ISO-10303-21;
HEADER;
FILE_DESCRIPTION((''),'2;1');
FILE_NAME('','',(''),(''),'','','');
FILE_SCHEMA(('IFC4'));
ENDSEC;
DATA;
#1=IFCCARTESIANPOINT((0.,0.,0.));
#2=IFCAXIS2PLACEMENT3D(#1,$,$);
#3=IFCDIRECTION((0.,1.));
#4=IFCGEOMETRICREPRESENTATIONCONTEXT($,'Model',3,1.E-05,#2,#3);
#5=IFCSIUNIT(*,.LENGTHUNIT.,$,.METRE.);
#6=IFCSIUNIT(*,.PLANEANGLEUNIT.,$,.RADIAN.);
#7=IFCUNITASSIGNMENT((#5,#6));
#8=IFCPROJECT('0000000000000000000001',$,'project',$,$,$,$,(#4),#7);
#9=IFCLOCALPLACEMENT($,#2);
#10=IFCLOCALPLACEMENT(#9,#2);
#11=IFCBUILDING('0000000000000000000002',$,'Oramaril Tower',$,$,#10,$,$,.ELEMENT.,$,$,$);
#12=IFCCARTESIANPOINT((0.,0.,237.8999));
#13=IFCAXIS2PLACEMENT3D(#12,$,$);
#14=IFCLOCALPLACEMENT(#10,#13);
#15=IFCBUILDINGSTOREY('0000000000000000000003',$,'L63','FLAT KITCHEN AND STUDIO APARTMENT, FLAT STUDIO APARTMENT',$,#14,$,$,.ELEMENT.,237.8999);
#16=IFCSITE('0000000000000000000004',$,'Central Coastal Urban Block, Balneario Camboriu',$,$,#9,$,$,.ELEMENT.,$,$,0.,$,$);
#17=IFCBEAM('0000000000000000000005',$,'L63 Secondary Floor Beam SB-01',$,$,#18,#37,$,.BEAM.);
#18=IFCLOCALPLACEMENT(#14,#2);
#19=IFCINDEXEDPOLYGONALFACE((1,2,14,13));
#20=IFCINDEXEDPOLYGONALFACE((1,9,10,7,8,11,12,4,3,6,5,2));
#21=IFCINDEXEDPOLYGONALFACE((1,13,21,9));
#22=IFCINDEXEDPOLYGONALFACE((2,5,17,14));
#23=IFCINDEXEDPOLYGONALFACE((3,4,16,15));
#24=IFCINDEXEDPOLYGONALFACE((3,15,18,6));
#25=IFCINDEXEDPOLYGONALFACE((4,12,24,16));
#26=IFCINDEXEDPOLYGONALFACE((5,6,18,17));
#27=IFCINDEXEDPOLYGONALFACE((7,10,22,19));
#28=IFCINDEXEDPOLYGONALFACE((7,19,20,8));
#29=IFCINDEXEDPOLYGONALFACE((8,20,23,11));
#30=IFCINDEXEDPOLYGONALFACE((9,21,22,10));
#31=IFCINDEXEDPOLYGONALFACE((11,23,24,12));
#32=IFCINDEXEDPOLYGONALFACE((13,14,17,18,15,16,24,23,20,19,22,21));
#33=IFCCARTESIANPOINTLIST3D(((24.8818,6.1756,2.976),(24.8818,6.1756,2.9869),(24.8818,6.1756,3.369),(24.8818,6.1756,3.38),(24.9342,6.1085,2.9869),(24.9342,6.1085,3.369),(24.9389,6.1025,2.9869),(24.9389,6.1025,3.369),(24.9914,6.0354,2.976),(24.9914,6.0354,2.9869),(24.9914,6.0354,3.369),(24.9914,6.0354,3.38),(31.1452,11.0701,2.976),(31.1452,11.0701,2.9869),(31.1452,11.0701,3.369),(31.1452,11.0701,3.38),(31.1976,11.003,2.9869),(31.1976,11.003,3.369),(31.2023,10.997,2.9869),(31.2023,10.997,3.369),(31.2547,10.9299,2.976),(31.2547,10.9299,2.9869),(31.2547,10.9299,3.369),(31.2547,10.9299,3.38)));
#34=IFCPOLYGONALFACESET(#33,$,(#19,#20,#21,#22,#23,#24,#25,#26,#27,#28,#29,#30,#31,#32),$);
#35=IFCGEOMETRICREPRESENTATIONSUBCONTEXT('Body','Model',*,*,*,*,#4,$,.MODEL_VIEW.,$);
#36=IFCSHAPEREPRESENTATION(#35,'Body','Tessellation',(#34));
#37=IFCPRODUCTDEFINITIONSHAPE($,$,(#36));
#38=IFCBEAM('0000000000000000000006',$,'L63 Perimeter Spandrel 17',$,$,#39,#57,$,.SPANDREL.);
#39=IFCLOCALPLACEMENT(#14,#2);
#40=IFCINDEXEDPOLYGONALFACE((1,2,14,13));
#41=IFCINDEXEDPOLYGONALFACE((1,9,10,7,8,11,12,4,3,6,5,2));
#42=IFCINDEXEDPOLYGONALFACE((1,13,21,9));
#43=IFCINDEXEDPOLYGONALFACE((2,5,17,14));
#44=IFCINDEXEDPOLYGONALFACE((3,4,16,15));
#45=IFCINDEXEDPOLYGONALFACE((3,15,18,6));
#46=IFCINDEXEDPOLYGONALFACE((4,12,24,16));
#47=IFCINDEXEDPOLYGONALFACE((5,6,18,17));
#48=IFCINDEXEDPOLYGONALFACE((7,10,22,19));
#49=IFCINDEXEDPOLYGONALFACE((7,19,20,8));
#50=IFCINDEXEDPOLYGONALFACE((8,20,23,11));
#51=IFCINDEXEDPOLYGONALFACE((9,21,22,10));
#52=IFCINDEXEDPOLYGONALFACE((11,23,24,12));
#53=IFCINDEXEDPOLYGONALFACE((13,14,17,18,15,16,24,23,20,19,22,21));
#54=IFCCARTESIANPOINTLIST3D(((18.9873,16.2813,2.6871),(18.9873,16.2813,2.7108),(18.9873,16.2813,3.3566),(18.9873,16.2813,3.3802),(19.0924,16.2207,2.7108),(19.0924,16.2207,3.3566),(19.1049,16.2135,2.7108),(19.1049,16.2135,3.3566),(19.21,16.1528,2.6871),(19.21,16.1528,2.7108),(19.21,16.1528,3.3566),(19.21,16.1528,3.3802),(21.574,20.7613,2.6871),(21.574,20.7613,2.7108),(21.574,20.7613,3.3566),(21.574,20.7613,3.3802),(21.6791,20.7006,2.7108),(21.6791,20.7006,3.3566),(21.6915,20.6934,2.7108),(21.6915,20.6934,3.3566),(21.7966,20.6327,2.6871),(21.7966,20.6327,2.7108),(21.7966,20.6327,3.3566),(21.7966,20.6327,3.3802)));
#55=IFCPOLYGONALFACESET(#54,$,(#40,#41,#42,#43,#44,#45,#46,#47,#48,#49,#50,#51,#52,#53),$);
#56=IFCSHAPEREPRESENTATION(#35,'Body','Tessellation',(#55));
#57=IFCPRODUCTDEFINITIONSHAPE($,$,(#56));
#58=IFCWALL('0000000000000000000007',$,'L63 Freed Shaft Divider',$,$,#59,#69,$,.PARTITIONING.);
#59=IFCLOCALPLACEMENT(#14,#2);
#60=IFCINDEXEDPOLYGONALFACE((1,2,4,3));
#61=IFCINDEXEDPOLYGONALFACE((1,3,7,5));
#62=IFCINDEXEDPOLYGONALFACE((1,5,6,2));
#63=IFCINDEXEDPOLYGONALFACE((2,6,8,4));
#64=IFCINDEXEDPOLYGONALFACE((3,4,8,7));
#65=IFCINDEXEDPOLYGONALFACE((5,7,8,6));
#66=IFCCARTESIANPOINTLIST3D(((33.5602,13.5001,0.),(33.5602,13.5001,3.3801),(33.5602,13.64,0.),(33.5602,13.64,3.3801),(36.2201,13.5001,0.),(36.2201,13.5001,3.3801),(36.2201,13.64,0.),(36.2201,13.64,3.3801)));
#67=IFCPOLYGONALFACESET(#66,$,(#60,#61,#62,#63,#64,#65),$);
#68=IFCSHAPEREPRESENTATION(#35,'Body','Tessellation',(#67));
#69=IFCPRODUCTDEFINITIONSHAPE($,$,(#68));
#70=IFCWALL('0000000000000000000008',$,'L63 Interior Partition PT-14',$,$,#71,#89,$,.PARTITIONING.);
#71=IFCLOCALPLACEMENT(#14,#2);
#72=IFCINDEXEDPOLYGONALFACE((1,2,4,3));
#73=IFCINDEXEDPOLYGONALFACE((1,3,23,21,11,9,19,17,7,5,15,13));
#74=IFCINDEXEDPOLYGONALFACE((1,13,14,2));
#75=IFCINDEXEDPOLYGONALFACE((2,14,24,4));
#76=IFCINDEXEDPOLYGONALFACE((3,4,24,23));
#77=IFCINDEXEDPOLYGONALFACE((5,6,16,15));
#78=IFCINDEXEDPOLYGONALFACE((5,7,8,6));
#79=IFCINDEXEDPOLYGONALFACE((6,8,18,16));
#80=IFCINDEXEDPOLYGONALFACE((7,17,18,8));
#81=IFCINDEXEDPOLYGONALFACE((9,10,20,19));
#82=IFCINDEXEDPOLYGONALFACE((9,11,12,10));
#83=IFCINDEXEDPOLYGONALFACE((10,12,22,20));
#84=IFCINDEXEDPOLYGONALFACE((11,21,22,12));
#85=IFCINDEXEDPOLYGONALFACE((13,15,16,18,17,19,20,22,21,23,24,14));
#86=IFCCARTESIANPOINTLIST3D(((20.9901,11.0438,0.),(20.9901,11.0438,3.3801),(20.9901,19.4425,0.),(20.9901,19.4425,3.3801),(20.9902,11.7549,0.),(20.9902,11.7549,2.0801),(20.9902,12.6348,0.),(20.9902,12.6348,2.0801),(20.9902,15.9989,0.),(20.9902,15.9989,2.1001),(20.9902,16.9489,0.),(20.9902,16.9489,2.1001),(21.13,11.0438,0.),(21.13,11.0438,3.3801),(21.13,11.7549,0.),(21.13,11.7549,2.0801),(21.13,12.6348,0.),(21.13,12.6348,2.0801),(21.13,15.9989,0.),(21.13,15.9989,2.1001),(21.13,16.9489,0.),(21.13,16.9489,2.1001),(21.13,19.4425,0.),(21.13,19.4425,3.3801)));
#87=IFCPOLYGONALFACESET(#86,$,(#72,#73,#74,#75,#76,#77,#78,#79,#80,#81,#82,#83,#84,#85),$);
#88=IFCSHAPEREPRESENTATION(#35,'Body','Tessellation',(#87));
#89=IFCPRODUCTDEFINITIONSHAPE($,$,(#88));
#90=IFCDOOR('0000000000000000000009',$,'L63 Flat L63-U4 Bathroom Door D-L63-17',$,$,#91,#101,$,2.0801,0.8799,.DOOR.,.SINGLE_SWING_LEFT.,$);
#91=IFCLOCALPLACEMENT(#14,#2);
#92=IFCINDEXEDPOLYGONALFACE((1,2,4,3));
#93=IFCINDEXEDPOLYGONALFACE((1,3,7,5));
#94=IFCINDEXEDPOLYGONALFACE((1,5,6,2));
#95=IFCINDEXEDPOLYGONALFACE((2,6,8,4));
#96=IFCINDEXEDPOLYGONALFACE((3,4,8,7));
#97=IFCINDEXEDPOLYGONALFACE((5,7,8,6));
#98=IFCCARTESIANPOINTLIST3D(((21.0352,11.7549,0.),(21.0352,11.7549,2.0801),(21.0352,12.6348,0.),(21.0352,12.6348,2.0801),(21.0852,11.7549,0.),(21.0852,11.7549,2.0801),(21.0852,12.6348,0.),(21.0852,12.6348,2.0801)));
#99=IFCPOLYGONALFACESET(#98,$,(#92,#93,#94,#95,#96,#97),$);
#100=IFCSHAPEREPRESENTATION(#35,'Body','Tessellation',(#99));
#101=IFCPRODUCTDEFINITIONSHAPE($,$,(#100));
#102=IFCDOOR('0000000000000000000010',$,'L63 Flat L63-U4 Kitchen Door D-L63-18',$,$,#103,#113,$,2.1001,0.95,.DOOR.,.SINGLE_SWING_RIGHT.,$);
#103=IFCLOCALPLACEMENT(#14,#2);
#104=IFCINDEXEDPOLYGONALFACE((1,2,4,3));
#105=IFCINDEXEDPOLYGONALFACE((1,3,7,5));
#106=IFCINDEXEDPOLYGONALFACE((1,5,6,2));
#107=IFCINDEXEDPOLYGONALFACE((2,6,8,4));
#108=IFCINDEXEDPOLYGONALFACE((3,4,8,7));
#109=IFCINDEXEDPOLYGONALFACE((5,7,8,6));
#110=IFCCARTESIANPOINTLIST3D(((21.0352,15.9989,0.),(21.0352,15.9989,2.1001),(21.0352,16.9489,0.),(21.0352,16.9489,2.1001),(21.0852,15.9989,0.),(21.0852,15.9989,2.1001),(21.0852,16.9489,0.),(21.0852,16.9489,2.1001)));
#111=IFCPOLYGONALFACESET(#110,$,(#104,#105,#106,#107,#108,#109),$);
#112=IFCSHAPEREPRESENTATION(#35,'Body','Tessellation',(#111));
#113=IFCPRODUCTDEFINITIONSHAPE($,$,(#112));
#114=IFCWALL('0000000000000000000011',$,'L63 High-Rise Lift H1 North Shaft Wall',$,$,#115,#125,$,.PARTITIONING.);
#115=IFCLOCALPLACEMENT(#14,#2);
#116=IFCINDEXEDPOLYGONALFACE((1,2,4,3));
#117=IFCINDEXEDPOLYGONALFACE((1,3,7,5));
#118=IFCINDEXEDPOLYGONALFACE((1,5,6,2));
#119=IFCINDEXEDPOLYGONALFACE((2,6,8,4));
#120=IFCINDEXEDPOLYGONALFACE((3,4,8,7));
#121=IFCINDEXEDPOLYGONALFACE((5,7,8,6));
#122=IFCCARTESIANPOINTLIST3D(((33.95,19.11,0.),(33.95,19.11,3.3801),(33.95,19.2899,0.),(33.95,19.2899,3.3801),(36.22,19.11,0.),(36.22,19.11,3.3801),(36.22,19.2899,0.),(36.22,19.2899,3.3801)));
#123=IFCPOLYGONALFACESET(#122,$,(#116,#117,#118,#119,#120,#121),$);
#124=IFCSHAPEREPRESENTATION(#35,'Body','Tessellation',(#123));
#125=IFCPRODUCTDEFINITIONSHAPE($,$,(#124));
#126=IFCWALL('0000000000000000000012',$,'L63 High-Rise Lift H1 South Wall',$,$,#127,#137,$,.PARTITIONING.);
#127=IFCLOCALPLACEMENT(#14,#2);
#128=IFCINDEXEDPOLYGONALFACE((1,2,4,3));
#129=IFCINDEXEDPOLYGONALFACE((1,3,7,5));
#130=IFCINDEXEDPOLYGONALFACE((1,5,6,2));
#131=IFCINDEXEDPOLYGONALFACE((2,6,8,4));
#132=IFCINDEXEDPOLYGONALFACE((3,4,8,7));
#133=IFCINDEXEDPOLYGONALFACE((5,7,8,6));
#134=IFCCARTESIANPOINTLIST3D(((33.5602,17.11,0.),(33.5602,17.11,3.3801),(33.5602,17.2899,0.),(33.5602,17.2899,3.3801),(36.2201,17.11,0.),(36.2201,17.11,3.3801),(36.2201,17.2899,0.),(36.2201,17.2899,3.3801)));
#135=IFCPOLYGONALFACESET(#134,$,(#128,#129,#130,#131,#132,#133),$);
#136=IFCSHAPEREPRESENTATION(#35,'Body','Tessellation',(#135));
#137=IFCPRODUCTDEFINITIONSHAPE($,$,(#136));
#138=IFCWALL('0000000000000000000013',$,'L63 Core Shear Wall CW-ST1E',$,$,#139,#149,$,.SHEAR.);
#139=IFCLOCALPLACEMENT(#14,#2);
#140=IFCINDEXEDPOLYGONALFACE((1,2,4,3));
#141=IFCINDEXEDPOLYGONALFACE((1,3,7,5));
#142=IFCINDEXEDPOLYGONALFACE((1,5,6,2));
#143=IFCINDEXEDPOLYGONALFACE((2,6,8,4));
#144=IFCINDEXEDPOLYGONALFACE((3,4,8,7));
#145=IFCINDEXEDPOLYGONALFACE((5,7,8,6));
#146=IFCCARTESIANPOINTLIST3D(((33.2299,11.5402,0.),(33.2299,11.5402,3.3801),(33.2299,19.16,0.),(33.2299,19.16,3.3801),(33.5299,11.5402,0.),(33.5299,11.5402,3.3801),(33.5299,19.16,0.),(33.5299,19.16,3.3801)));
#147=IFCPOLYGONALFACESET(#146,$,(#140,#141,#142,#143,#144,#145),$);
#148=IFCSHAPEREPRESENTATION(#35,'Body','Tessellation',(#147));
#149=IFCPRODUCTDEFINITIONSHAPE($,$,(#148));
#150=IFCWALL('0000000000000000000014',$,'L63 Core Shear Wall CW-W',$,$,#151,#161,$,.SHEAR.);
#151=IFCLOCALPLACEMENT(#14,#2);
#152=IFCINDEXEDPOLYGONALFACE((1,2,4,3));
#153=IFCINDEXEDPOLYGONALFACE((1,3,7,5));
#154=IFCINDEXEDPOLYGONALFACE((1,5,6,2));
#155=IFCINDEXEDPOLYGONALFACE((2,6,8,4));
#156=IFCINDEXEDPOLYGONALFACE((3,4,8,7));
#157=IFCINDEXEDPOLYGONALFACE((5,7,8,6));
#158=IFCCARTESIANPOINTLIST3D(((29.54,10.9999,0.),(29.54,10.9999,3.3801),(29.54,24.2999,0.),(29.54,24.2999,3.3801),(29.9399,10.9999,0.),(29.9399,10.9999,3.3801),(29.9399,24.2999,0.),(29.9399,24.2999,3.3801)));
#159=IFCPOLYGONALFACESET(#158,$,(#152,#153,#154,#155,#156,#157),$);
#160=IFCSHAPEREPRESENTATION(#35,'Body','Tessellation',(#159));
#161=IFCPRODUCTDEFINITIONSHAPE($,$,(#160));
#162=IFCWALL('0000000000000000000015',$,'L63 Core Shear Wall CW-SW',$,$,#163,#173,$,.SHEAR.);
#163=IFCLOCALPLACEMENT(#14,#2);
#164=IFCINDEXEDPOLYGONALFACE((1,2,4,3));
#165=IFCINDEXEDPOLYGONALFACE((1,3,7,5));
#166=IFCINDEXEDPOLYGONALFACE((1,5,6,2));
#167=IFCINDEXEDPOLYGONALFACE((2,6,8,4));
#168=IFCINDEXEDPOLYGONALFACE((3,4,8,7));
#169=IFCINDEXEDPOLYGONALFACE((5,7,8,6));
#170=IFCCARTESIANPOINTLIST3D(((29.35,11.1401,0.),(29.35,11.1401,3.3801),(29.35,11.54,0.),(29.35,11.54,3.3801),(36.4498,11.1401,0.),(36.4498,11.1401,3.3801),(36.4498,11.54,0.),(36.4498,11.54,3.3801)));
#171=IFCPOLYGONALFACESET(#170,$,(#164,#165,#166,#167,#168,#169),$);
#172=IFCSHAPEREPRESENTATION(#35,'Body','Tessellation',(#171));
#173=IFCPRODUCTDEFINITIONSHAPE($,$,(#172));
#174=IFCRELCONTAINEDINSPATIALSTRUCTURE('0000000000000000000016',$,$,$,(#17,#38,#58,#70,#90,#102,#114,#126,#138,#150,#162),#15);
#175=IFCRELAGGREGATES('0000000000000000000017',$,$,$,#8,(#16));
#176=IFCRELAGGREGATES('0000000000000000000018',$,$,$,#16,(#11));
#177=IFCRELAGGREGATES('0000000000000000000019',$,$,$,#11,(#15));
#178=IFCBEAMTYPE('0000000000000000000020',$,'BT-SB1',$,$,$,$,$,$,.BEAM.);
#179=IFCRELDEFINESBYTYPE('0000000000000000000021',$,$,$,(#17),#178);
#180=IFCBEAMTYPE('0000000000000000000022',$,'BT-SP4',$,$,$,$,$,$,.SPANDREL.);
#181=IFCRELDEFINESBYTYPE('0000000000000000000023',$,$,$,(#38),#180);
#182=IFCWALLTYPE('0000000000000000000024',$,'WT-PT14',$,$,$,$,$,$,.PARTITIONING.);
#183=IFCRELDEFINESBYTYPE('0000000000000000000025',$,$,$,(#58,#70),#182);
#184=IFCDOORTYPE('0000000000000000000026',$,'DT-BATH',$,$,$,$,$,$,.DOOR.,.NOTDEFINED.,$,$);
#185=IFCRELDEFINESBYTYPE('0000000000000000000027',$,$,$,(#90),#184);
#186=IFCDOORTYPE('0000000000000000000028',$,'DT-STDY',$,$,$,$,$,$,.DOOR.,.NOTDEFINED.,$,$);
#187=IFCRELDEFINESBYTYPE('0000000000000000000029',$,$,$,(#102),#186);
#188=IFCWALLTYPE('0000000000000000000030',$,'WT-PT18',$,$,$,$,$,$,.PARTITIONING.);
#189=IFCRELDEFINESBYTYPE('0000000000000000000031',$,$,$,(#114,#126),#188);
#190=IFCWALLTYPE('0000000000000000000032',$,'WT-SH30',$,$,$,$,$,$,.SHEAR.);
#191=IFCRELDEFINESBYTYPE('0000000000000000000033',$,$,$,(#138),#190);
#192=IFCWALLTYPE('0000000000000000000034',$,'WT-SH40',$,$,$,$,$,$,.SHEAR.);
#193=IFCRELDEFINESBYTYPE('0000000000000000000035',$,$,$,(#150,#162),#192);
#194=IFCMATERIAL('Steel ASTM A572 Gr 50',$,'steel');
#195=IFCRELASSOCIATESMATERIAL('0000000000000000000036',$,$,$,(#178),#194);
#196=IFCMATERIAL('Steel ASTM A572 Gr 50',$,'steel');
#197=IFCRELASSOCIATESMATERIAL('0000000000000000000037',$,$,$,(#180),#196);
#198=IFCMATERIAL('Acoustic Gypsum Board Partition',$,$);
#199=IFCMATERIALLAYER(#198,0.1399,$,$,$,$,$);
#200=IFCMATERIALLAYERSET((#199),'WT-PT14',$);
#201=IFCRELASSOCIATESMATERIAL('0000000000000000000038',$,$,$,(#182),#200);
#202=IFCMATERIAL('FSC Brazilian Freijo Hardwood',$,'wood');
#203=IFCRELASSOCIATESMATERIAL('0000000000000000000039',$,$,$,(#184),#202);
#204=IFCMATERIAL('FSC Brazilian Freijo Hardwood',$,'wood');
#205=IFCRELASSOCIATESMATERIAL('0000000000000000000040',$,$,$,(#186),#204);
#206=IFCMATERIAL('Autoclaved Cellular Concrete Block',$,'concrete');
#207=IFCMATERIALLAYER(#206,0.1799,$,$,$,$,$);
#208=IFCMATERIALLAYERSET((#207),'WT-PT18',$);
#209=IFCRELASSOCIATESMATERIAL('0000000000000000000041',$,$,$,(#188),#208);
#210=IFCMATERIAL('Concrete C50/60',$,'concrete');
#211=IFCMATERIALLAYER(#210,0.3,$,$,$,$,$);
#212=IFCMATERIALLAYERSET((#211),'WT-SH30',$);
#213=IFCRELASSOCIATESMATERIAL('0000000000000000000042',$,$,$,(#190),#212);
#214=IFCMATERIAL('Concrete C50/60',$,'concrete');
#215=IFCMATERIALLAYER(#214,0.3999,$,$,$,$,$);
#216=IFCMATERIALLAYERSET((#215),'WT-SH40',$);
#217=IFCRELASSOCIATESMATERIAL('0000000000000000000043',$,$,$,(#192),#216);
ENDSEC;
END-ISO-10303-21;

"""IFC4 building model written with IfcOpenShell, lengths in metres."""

from ifc_helpers import new_model, si_unit, direction, frame, frame_2d, origin, origin_2d, place, context, subcontext, project, spatial, rectangle, i_section, extrude, material, layer, layer_set, material_profile, profile_set, type_object, element, fill, save


model = new_model("IFC4")

# Units and contexts
model_context = context("Model", 3, precision=1e-05, world=origin(), true_north=direction((0.0, 1.0)))
body_context = subcontext(model_context, "Body", "Model", "MODEL_VIEW")
ifc_project = project(units=[si_unit("LENGTHUNIT", "METRE"), si_unit("PLANEANGLEUNIT", "RADIAN")], contexts=[model_context])

# Site, building, storey
site_placement = place(None, origin())
site = spatial("IfcSite", under=ifc_project, at=site_placement, Name="Central Coastal Urban Block, Balneario Camboriu", CompositionType="ELEMENT", RefElevation=0.0)
building_placement = place(site_placement, origin())
building = spatial("IfcBuilding", under=site, at=building_placement, Name="Oramaril Tower", CompositionType="ELEMENT")
storey_placement = place(building_placement, frame((0.0, 0.0, 237.8999)))
storey = spatial("IfcBuildingStorey", under=building, at=storey_placement, Name="L63", Description="FLAT KITCHEN AND STUDIO APARTMENT, FLAT STUDIO APARTMENT", CompositionType="ELEMENT", Elevation=237.8999)

# Beams
ifc_material_1 = material(Name="Steel ASTM A572 Gr 50", Category="steel")
ifc_material_profile_1 = material_profile(ifc_material_1, i_section(OverallWidth=0.178, OverallDepth=0.4041, WebThickness=0.0076, FlangeThickness=0.011, at=origin_2d()), Name="W16X36")
ifc_profile_set_1 = profile_set([ifc_material_profile_1], Name="Steel ASTM A572 Gr 50")
beam_type_1 = type_object("IfcBeamType", Name="BT-SB1", PredefinedType="BEAM", material=ifc_profile_set_1)
beam_1_placement = place(storey_placement, frame((31.2, 11.0, 3.178), z_axis=(-0.787949, -0.61574, 0.0), x_axis=(0.61574, -0.787949, 0.0)))
element("IfcBeam", 1, at=beam_1_placement, inside=storey, type_object=beam_type_1, Name="L63 Secondary Floor Beam SB-01", PredefinedType="BEAM", context=body_context, shape_type="SweptSolid", body=[
    extrude(i_section(OverallWidth=0.178, OverallDepth=0.4041, WebThickness=0.0076, FlangeThickness=0.011, at=origin_2d()), origin(), (0.0, 0.0, 1.0), 7.949),
])
ifc_material_2 = material(Name="Steel ASTM A572 Gr 50", Category="steel")
ifc_material_profile_2 = material_profile(ifc_material_2, i_section(OverallWidth=0.2571, OverallDepth=0.6931, WebThickness=0.0144, FlangeThickness=0.0237, at=origin_2d()), Name="W27X114")
ifc_profile_set_2 = profile_set([ifc_material_profile_2], Name="Steel ASTM A572 Gr 50")
beam_type_2 = type_object("IfcBeamType", Name="BT-SP4", PredefinedType="SPANDREL", material=ifc_profile_set_2)
beam_2_placement = place(storey_placement, frame((21.6853, 20.697, 3.0337), z_axis=(-0.500022, -0.866013, 0.0), x_axis=(0.866013, -0.500022, 0.0)))
element("IfcBeam", 2, at=beam_2_placement, inside=storey, type_object=beam_type_2, Name="L63 Perimeter Spandrel 17", PredefinedType="SPANDREL", context=body_context, shape_type="SweptSolid", body=[
    extrude(i_section(OverallWidth=0.2571, OverallDepth=0.6931, WebThickness=0.0144, FlangeThickness=0.0237, at=origin_2d()), origin(), (0.0, 0.0, 1.0), 5.1731),
])

# Wall
ifc_material_3 = material(Name="Acoustic Gypsum Board Partition")
ifc_layer_1 = layer(ifc_material_3, 0.1399)
ifc_layer_set_1 = layer_set([ifc_layer_1], Name="WT-PT14")
wall_type_1 = type_object("IfcWallType", Name="WT-PT14", PredefinedType="PARTITIONING", material=ifc_layer_set_1)
wall_1_placement = place(storey_placement, frame((33.5601, 13.5701, 0.0), z_axis=(0.0, 0.0, 1.0), x_axis=(1.0, 0.0, 0.0)))
element("IfcWall", 3, at=wall_1_placement, inside=storey, type_object=wall_type_1, Name="L63 Freed Shaft Divider", PredefinedType="PARTITIONING", context=body_context, shape_type="SweptSolid", body=[
    extrude(rectangle(XDim=2.6599, YDim=0.1399, at=frame_2d((1.3301, 0.0))), origin(), (0.0, 0.0, 1.0), 3.3801),
])

# Wall, openings, doors
wall_2_placement = place(storey_placement, frame((21.0601, 11.0439, 0.0), z_axis=(0.0, 0.0, 1.0), x_axis=(0.0, 1.0, 0.0)))
wall_2 = element("IfcWall", 4, at=wall_2_placement, inside=storey, type_object=wall_type_1, Name="L63 Interior Partition PT-14", PredefinedType="PARTITIONING", context=body_context, shape_type="SweptSolid", body=[
    extrude(rectangle(XDim=8.3987, YDim=0.1399, at=frame_2d((4.1992, 0.0))), origin(), (0.0, 0.0, 1.0), 3.3801),
])
opening_1_placement = place(wall_2_placement, frame((0.7109, 0.0, 0.0)))
opening_1 = element("IfcOpeningElement", 5, at=opening_1_placement, cuts=wall_2, PredefinedType="OPENING", context=body_context, shape_type="SweptSolid", body=[
    extrude(rectangle(XDim=0.8799, YDim=2.0801, at=frame_2d((0.4399, 1.04))), frame((0.0, 0.0698, 0.0), z_axis=(0.0, -1.0, 0.0), x_axis=(1.0, 0.0, 0.0)), (0.0, 0.0, 1.0), 0.1399),
])
opening_2_placement = place(wall_2_placement, frame((4.9548, 0.0, 0.0)))
opening_2 = element("IfcOpeningElement", 6, at=opening_2_placement, cuts=wall_2, PredefinedType="OPENING", context=body_context, shape_type="SweptSolid", body=[
    extrude(rectangle(XDim=0.95, YDim=2.1001, at=frame_2d((0.4751, 1.05))), frame((0.0, 0.0698, 0.0), z_axis=(0.0, -1.0, 0.0), x_axis=(1.0, 0.0, 0.0)), (0.0, 0.0, 1.0), 0.1399),
])
ifc_material_4 = material(Name="FSC Brazilian Freijo Hardwood", Category="wood")
door_type_1 = type_object("IfcDoorType", Name="DT-BATH", OperationType="NOTDEFINED", PredefinedType="DOOR", material=ifc_material_4)
door_1_placement = place(opening_1_placement, origin())
door_1 = element("IfcDoor", 7, at=door_1_placement, inside=storey, type_object=door_type_1, Name="L63 Flat L63-U4 Bathroom Door D-L63-17", OperationType="SINGLE_SWING_LEFT", OverallHeight=2.0801, OverallWidth=0.8799, PredefinedType="DOOR", context=body_context, shape_type="SweptSolid", body=[
    extrude(rectangle(XDim=0.8799, YDim=2.0801, at=frame_2d((0.4399, 1.04))), frame((0.0, 0.0249, 0.0), z_axis=(0.0, -1.0, 0.0), x_axis=(1.0, 0.0, 0.0)), (0.0, 0.0, 1.0), 0.05),
])
fill(opening_1, door_1)
ifc_material_5 = material(Name="FSC Brazilian Freijo Hardwood", Category="wood")
door_type_2 = type_object("IfcDoorType", Name="DT-STDY", OperationType="NOTDEFINED", PredefinedType="DOOR", material=ifc_material_5)
door_2_placement = place(opening_2_placement, origin())
door_2 = element("IfcDoor", 8, at=door_2_placement, inside=storey, type_object=door_type_2, Name="L63 Flat L63-U4 Kitchen Door D-L63-18", OperationType="SINGLE_SWING_RIGHT", OverallHeight=2.1001, OverallWidth=0.95, PredefinedType="DOOR", context=body_context, shape_type="SweptSolid", body=[
    extrude(rectangle(XDim=0.95, YDim=2.1001, at=frame_2d((0.4751, 1.05))), frame((0.0, 0.0249, 0.0), z_axis=(0.0, -1.0, 0.0), x_axis=(1.0, 0.0, 0.0)), (0.0, 0.0, 1.0), 0.05),
])
fill(opening_2, door_2)

# Walls
ifc_material_6 = material(Name="Autoclaved Cellular Concrete Block", Category="concrete")
ifc_layer_2 = layer(ifc_material_6, 0.1799)
ifc_layer_set_2 = layer_set([ifc_layer_2], Name="WT-PT18")
wall_type_2 = type_object("IfcWallType", Name="WT-PT18", PredefinedType="PARTITIONING", material=ifc_layer_set_2)
wall_3_placement = place(storey_placement, frame((33.95, 19.2, 0.0), z_axis=(0.0, 0.0, 1.0), x_axis=(1.0, 0.0, 0.0)))
element("IfcWall", 9, at=wall_3_placement, inside=storey, type_object=wall_type_2, Name="L63 High-Rise Lift H1 North Shaft Wall", PredefinedType="PARTITIONING", context=body_context, shape_type="SweptSolid", body=[
    extrude(rectangle(XDim=2.27, YDim=0.1799, at=frame_2d((1.135, 0.0))), origin(), (0.0, 0.0, 1.0), 3.3801),
])
wall_4_placement = place(storey_placement, frame((33.5601, 17.2, 0.0), z_axis=(0.0, 0.0, 1.0), x_axis=(1.0, 0.0, 0.0)))
element("IfcWall", 10, at=wall_4_placement, inside=storey, type_object=wall_type_2, Name="L63 High-Rise Lift H1 South Wall", PredefinedType="PARTITIONING", context=body_context, shape_type="SweptSolid", body=[
    extrude(rectangle(XDim=2.6599, YDim=0.1799, at=frame_2d((1.3301, 0.0))), origin(), (0.0, 0.0, 1.0), 3.3801),
])

# Shared definitions
ifc_material_7 = material(Name="Concrete C50/60", Category="concrete")
ifc_layer_3 = layer(ifc_material_7, 0.3)
ifc_layer_set_3 = layer_set([ifc_layer_3], Name="WT-SH30")
wall_type_3 = type_object("IfcWallType", Name="WT-SH30", PredefinedType="SHEAR", material=ifc_layer_set_3)

# Walls
wall_5_placement = place(storey_placement, frame((33.3799, 11.54, 0.0), z_axis=(0.0, 0.0, 1.0), x_axis=(0.0, 1.0, 0.0)))
element("IfcWall", 11, at=wall_5_placement, inside=storey, type_object=wall_type_3, Name="L63 Core Shear Wall CW-ST1E", PredefinedType="SHEAR", context=body_context, shape_type="SweptSolid", body=[
    extrude(rectangle(XDim=7.6199, YDim=0.3, at=frame_2d((3.8101, 0.0))), origin(), (0.0, 0.0, 1.0), 3.3801),
])
ifc_material_8 = material(Name="Concrete C50/60", Category="concrete")
ifc_layer_4 = layer(ifc_material_8, 0.3999)
ifc_layer_set_4 = layer_set([ifc_layer_4], Name="WT-SH40")
wall_type_4 = type_object("IfcWallType", Name="WT-SH40", PredefinedType="SHEAR", material=ifc_layer_set_4)
wall_6_placement = place(storey_placement, frame((29.74, 11.0, 0.0), z_axis=(0.0, 0.0, 1.0), x_axis=(0.0, 1.0, 0.0)))
element("IfcWall", 12, at=wall_6_placement, inside=storey, type_object=wall_type_4, Name="L63 Core Shear Wall CW-W", PredefinedType="SHEAR", context=body_context, shape_type="SweptSolid", body=[
    extrude(rectangle(XDim=13.3, YDim=0.3999, at=frame_2d((6.6499, 0.0))), origin(), (0.0, 0.0, 1.0), 3.3801),
])
wall_7_placement = place(storey_placement, frame((29.3501, 11.3401, 0.0), z_axis=(0.0, 0.0, 1.0), x_axis=(1.0, 0.0, 0.0)))
element("IfcWall", 13, at=wall_7_placement, inside=storey, type_object=wall_type_4, Name="L63 Core Shear Wall CW-SW", PredefinedType="SHEAR", context=body_context, shape_type="SweptSolid", body=[
    extrude(rectangle(XDim=7.0999, YDim=0.3999, at=frame_2d((3.5498, 0.0))), origin(), (0.0, 0.0, 1.0), 3.3801),
])

save(model, "model.ifc")
